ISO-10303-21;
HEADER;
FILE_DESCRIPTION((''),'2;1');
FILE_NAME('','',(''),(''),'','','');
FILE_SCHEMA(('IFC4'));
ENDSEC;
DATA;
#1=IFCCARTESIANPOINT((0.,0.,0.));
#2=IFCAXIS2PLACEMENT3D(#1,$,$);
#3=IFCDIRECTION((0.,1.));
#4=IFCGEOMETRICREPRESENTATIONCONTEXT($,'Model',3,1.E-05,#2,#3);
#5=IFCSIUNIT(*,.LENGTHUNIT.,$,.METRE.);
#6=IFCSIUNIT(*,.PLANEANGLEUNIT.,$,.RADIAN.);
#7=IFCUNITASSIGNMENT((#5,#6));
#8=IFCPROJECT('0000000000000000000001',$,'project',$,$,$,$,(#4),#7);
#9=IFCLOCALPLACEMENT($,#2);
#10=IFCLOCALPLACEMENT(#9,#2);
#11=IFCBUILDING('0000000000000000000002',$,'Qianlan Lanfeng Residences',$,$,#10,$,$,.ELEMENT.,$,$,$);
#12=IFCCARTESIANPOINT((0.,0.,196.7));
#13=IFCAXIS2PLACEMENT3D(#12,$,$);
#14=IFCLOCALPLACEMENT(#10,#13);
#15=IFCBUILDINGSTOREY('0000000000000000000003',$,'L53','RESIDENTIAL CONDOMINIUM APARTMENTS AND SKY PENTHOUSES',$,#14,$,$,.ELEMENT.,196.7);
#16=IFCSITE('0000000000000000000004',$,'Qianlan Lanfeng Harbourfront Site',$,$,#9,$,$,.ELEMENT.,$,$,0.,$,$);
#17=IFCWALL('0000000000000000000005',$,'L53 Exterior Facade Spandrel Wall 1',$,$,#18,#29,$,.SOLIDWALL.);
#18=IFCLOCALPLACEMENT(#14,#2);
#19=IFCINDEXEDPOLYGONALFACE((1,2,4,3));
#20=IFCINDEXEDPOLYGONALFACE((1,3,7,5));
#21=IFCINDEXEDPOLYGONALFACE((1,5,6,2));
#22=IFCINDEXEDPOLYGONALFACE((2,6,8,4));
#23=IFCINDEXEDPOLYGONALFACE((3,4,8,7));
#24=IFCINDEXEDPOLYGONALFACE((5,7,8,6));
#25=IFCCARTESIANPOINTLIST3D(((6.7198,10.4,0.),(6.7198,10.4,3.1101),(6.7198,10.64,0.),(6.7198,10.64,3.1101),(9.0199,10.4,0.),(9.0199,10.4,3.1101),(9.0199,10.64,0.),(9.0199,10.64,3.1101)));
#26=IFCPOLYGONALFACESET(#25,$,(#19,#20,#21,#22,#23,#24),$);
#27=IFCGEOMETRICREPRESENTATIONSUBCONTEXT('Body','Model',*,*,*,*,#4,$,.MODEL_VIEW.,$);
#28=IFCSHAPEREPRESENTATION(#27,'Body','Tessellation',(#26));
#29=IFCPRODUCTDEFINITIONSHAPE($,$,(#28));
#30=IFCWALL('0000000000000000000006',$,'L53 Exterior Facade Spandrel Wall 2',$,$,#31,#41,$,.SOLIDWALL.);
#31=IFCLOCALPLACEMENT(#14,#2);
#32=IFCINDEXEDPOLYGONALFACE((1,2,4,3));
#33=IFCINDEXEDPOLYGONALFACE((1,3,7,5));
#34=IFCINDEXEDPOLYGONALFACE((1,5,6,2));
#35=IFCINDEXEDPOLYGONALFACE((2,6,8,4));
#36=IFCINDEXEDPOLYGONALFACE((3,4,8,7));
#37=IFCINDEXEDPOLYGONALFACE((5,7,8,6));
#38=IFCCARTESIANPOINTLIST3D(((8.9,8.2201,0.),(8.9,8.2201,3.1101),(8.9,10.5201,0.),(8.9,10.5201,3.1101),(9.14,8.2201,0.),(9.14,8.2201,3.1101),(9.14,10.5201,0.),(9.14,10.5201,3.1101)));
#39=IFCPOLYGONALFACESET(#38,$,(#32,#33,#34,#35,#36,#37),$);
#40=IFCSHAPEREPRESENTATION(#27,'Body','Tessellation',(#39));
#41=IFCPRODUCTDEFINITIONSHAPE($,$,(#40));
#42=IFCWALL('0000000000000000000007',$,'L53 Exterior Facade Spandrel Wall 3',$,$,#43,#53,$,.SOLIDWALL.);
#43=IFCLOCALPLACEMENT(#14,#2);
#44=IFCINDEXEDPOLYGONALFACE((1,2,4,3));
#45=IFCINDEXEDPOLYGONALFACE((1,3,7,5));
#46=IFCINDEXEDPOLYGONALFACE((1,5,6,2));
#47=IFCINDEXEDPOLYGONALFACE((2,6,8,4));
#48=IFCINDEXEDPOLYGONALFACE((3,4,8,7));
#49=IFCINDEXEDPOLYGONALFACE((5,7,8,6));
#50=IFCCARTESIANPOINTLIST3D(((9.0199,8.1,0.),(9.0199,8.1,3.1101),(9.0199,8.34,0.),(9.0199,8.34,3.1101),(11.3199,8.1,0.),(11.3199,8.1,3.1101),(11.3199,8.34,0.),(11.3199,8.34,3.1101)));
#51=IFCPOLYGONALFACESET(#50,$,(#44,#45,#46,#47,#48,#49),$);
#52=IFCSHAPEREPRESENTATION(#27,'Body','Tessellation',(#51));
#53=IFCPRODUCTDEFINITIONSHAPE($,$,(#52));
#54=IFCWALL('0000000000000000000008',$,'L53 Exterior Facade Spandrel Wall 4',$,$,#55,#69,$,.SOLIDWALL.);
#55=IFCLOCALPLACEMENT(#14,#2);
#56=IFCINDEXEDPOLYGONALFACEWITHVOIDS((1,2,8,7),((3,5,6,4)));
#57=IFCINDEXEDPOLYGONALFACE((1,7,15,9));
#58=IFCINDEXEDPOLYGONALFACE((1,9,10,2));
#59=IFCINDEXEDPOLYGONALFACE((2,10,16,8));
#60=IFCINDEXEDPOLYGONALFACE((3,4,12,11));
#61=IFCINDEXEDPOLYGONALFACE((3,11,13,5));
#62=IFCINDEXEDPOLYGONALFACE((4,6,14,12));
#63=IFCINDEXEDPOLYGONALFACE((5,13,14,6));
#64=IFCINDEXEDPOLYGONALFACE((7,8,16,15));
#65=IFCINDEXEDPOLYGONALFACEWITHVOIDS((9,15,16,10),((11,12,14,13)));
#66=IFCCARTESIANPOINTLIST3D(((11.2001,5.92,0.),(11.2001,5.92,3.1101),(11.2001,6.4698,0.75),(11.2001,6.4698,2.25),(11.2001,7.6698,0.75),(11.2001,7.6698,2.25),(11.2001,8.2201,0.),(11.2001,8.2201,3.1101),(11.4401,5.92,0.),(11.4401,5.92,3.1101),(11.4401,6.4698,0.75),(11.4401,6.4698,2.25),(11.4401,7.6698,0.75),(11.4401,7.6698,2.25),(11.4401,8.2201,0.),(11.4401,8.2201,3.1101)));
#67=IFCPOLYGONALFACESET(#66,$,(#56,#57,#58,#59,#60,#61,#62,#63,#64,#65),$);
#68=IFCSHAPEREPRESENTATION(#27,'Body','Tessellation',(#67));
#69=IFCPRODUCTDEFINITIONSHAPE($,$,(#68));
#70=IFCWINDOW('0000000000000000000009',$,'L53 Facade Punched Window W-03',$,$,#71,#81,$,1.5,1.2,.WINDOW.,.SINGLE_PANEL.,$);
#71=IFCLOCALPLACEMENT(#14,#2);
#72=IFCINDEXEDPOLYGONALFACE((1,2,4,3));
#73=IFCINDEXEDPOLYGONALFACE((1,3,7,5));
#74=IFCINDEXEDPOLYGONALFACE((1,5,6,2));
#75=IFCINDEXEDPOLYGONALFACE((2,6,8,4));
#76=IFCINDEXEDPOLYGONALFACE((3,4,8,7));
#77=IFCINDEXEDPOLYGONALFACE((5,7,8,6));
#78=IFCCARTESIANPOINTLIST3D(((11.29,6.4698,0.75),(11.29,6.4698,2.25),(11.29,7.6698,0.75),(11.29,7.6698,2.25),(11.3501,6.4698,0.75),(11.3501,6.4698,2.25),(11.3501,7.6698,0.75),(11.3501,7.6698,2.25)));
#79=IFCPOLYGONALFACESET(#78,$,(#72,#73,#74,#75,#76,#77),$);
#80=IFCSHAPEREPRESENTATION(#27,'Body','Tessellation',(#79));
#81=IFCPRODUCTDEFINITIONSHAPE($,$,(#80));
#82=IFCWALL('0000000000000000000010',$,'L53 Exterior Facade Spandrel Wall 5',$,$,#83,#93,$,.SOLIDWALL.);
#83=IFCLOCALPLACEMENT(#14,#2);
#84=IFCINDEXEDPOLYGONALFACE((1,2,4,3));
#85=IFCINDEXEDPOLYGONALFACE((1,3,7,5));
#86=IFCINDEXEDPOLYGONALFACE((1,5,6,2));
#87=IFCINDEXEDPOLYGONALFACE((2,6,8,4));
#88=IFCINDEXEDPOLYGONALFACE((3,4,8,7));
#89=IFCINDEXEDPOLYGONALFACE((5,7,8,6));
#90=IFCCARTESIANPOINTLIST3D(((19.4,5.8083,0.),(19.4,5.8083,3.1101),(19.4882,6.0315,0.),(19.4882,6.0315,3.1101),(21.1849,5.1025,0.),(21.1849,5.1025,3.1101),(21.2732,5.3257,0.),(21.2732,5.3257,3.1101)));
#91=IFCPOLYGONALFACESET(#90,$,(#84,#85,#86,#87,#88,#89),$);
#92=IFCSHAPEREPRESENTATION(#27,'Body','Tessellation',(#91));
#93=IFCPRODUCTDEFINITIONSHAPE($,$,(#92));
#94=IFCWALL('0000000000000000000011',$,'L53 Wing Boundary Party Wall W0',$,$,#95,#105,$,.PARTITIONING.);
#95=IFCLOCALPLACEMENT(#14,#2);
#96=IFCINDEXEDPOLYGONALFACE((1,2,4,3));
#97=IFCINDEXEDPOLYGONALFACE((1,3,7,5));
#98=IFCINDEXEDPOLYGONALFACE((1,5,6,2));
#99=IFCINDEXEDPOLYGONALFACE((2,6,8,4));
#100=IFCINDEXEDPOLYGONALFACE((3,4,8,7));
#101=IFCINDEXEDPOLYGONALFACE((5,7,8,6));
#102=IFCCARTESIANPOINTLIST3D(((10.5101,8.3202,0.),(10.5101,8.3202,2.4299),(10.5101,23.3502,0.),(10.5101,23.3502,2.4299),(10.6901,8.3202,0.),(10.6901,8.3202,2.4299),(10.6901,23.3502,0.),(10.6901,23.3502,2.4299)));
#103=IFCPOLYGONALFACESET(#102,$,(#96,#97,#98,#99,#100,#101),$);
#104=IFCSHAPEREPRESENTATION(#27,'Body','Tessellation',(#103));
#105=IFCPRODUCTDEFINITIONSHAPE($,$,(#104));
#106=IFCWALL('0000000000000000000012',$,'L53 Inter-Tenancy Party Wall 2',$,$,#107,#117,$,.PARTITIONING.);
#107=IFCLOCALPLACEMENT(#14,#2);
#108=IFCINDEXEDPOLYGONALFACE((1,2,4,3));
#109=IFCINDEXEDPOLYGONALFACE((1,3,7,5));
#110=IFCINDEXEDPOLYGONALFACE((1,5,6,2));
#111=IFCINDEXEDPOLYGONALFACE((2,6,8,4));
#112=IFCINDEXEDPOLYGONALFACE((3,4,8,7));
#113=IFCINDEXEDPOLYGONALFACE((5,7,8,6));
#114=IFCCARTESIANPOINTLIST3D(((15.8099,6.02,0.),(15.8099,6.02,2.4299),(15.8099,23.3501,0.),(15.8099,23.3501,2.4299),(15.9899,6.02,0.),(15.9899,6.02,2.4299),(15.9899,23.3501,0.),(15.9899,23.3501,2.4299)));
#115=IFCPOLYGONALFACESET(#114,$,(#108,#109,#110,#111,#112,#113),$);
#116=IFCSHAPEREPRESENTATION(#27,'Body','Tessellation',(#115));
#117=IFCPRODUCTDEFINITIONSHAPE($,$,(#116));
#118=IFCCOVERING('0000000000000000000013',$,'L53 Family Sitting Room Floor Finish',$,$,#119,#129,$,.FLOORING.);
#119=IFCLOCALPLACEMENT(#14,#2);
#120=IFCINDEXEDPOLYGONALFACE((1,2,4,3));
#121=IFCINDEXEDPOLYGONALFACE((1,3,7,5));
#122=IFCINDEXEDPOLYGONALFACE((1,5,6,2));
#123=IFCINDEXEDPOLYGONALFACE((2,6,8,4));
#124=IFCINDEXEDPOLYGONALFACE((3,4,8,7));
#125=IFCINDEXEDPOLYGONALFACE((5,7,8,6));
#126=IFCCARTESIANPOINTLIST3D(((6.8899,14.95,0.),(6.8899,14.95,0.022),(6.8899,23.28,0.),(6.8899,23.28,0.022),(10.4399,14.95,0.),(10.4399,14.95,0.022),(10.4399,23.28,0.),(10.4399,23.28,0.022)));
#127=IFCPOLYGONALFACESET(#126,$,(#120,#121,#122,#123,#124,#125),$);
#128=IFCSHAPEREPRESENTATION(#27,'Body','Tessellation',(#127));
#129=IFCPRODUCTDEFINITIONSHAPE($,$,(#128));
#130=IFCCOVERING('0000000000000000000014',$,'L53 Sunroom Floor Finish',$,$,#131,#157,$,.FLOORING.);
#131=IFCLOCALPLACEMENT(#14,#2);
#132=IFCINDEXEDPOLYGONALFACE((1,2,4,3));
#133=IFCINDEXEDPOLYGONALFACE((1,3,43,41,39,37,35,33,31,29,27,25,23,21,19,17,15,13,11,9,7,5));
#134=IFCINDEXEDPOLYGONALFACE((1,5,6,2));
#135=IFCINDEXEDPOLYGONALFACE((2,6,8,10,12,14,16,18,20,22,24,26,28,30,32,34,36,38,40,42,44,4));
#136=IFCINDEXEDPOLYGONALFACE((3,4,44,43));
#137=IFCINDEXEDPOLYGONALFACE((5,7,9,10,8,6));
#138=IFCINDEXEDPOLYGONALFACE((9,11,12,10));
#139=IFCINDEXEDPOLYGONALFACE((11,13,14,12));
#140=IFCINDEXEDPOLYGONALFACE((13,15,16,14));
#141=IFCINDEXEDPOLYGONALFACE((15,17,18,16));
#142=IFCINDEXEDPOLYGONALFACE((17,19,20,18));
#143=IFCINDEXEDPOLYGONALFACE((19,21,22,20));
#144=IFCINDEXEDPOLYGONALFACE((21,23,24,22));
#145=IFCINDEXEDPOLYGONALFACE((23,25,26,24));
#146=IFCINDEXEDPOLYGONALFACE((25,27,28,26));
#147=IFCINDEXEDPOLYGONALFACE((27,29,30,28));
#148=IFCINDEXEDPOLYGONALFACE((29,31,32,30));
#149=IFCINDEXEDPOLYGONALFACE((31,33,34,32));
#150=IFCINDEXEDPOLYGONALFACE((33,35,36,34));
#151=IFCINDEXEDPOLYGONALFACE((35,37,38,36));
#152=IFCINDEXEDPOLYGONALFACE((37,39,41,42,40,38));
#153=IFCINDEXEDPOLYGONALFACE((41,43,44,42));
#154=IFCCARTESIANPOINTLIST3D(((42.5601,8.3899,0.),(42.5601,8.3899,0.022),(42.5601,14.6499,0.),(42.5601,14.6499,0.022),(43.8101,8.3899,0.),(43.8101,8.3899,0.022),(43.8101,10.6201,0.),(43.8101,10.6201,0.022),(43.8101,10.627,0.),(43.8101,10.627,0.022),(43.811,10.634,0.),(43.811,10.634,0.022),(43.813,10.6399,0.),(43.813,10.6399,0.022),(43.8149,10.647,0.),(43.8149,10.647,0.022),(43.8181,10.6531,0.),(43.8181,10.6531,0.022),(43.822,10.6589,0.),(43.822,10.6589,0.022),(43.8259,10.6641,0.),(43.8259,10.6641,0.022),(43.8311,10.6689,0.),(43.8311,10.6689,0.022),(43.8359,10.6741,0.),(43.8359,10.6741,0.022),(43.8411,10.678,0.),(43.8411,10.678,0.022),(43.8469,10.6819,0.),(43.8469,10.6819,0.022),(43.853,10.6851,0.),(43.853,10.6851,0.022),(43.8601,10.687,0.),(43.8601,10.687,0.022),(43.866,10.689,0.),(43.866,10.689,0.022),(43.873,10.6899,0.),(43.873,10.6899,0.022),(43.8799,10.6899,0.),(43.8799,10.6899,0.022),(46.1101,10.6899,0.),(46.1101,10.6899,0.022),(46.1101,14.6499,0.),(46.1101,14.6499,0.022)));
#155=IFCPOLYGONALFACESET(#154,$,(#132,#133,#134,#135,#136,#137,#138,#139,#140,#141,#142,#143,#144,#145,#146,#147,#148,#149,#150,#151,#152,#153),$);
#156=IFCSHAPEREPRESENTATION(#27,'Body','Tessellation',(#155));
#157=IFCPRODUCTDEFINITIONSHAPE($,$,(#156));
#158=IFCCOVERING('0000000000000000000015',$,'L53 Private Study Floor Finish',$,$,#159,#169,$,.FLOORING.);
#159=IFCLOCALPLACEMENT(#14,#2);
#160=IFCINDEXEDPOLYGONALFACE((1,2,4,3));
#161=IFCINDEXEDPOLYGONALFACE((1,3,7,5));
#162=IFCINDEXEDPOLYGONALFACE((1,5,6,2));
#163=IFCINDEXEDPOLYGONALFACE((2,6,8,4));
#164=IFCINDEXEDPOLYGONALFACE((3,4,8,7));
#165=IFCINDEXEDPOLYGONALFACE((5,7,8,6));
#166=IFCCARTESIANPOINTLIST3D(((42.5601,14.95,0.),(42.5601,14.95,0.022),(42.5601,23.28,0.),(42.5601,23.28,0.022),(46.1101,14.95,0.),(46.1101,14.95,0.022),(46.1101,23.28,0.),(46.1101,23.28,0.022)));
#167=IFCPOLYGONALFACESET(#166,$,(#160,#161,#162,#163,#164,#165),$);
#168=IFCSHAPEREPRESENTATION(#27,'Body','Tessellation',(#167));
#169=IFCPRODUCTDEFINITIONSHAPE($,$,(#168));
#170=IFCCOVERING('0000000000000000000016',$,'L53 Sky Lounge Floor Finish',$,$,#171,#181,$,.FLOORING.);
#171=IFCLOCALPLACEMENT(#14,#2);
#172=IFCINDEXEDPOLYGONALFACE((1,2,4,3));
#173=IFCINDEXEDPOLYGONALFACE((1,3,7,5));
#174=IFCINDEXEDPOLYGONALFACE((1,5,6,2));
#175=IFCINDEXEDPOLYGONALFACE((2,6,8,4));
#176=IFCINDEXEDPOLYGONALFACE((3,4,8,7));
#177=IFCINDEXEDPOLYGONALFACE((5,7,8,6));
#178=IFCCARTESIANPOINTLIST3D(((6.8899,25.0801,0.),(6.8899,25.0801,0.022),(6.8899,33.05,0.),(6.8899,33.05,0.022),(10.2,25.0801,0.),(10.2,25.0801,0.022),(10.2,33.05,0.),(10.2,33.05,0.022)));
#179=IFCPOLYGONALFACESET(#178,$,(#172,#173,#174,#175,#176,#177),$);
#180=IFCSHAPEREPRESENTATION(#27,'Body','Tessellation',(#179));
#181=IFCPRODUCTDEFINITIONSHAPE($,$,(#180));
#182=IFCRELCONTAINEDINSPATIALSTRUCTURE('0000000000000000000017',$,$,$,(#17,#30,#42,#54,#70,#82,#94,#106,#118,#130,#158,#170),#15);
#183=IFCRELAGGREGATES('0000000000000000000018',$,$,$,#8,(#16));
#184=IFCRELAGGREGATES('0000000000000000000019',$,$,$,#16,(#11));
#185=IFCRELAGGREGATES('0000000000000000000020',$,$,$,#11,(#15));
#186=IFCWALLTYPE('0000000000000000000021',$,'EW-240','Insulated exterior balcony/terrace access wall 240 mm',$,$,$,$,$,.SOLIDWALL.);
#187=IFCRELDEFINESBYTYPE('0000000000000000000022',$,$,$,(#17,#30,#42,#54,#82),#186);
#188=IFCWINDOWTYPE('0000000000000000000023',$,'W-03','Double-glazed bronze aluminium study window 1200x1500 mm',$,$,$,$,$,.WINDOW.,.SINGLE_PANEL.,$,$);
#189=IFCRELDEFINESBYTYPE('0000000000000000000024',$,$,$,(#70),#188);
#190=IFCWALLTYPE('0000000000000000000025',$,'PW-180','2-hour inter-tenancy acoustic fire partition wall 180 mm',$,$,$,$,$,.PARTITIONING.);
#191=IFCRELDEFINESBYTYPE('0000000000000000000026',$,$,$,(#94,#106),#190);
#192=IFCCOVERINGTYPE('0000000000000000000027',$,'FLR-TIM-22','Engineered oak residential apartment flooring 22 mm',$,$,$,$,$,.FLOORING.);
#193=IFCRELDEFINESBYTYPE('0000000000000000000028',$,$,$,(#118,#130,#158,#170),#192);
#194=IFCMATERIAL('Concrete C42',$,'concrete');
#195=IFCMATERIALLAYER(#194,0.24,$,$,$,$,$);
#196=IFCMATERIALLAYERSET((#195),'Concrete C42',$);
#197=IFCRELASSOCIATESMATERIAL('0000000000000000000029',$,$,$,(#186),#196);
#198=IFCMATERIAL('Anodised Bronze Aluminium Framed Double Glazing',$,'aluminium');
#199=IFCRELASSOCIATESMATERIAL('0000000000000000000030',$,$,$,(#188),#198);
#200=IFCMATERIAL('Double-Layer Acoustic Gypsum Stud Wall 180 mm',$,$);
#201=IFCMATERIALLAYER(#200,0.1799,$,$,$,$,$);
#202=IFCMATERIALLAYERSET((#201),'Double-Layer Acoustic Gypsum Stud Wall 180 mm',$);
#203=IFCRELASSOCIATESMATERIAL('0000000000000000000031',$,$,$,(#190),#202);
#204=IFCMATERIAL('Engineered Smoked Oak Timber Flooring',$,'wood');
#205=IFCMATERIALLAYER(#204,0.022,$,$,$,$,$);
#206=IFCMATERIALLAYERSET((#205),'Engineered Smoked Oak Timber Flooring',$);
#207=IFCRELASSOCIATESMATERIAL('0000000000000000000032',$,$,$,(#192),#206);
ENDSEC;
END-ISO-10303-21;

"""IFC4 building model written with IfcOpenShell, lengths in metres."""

from ifc_helpers import new_model, si_unit, direction, frame, frame_2d, origin, place, context, subcontext, project, spatial, polyline, rectangle, outline, extrude, material, layer, layer_set, type_object, element, fill, save


model = new_model("IFC4")

# Units and contexts
model_context = context("Model", 3, precision=1e-05, world=origin(), true_north=direction((0.0, 1.0)))
body_context = subcontext(model_context, "Body", "Model", "MODEL_VIEW")
ifc_project = project(units=[si_unit("LENGTHUNIT", "METRE"), si_unit("PLANEANGLEUNIT", "RADIAN")], contexts=[model_context])

# Site, building, storey
site_placement = place(None, origin())
site = spatial("IfcSite", under=ifc_project, at=site_placement, Name="Qianlan Lanfeng Harbourfront Site", CompositionType="ELEMENT", RefElevation=0.0)
building_placement = place(site_placement, origin())
building = spatial("IfcBuilding", under=site, at=building_placement, Name="Qianlan Lanfeng Residences", CompositionType="ELEMENT")
storey_placement = place(building_placement, frame((0.0, 0.0, 196.7)))
storey = spatial("IfcBuildingStorey", under=building, at=storey_placement, Name="L53", Description="RESIDENTIAL CONDOMINIUM APARTMENTS AND SKY PENTHOUSES", CompositionType="ELEMENT", Elevation=196.7)

# Walls
ifc_material_1 = material(Name="Concrete C42", Category="concrete")
ifc_layer_1 = layer(ifc_material_1, 0.24)
ifc_layer_set_1 = layer_set([ifc_layer_1], Name="Concrete C42")
wall_type_1 = type_object("IfcWallType", Name="EW-240", Description="Insulated exterior balcony/terrace access wall 240 mm", PredefinedType="SOLIDWALL", material=ifc_layer_set_1)
for number, where, z_axis, x_axis, name in (
    (1, (6.72, 10.52, 0.0), (0.0, 0.0, 1.0), (1.0, 0.0, 0.0), "L53 Exterior Facade Spandrel Wall 1"),
    (2, (9.02, 10.52, 0.0), (0.0, 0.0, 1.0), (0.0, -1.0, 0.0), "L53 Exterior Facade Spandrel Wall 2"),
    (3, (9.02, 8.22, 0.0), (0.0, 0.0, 1.0), (1.0, 0.0, 0.0), "L53 Exterior Facade Spandrel Wall 3"),
):
    element("IfcWall", number, at=place(storey_placement, frame(where, z_axis=z_axis, x_axis=x_axis)), inside=storey, type_object=wall_type_1, Name=name, PredefinedType="SOLIDWALL", context=body_context, shape_type="SweptSolid", body=[
        extrude(rectangle(XDim=2.3, YDim=0.24, at=frame_2d((1.1499, 0.0))), origin(), (0.0, 0.0, 1.0), 3.1101),
    ])

# Wall, opening, window
wall_1_placement = place(storey_placement, frame((11.3201, 8.22, 0.0), z_axis=(0.0, 0.0, 1.0), x_axis=(0.0, -1.0, 0.0)))
wall_1 = element("IfcWall", 4, at=wall_1_placement, inside=storey, type_object=wall_type_1, Name="L53 Exterior Facade Spandrel Wall 4", PredefinedType="SOLIDWALL", context=body_context, shape_type="SweptSolid", body=[
    extrude(rectangle(XDim=2.3, YDim=0.24, at=frame_2d((1.1499, 0.0))), origin(), (0.0, 0.0, 1.0), 3.1101),
])
opening_1_placement = place(wall_1_placement, frame((0.55, 0.0, 0.75)))
opening_1 = element("IfcOpeningElement", 5, at=opening_1_placement, cuts=wall_1, PredefinedType="OPENING", context=body_context, shape_type="SweptSolid", body=[
    extrude(rectangle(XDim=1.2, YDim=1.5, at=frame_2d((0.6001, 0.75))), frame((0.0, 0.1299, 0.0), z_axis=(0.0, -1.0, 0.0), x_axis=(1.0, 0.0, 0.0)), (0.0, 0.0, 1.0), 0.26),
])
ifc_material_2 = material(Name="Anodised Bronze Aluminium Framed Double Glazing", Category="aluminium")
window_type = type_object("IfcWindowType", Name="W-03", Description="Double-glazed bronze aluminium study window 1200x1500 mm", PartitioningType="SINGLE_PANEL", PredefinedType="WINDOW", material=ifc_material_2)
window_placement = place(opening_1_placement, origin())
window = element("IfcWindow", 6, at=window_placement, inside=storey, type_object=window_type, Name="L53 Facade Punched Window W-03", OverallHeight=1.5, OverallWidth=1.2, PartitioningType="SINGLE_PANEL", PredefinedType="WINDOW", context=body_context, shape_type="SweptSolid", body=[
    extrude(rectangle(XDim=1.2, YDim=1.5, at=frame_2d((0.6001, 0.75))), frame((0.0, 0.03, 0.0), z_axis=(0.0, -1.0, 0.0), x_axis=(1.0, 0.0, 0.0)), (0.0, 0.0, 1.0), 0.0601),
])
fill(opening_1, window)

# Wall
wall_2_placement = place(storey_placement, frame((19.4441, 5.9199, 0.0), z_axis=(0.0, 0.0, 1.0), x_axis=(0.929934, -0.367725, 0.0)))
element("IfcWall", 7, at=wall_2_placement, inside=storey, type_object=wall_type_1, Name="L53 Exterior Facade Spandrel Wall 5", PredefinedType="SOLIDWALL", context=body_context, shape_type="SweptSolid", body=[
    extrude(rectangle(XDim=1.9194, YDim=0.24, at=frame_2d((0.9597, 0.0))), origin(), (0.0, 0.0, 1.0), 3.1101),
])

# Walls
ifc_material_3 = material(Name="Double-Layer Acoustic Gypsum Stud Wall 180 mm")
ifc_layer_2 = layer(ifc_material_3, 0.1799)
ifc_layer_set_2 = layer_set([ifc_layer_2], Name="Double-Layer Acoustic Gypsum Stud Wall 180 mm")
wall_type_2 = type_object("IfcWallType", Name="PW-180", Description="2-hour inter-tenancy acoustic fire partition wall 180 mm", PredefinedType="PARTITIONING", material=ifc_layer_set_2)
wall_3_placement = place(storey_placement, frame((10.6001, 8.3201, 0.0), z_axis=(0.0, 0.0, 1.0), x_axis=(0.0, 1.0, 0.0)))
element("IfcWall", 8, at=wall_3_placement, inside=storey, type_object=wall_type_2, Name="L53 Wing Boundary Party Wall W0", PredefinedType="PARTITIONING", context=body_context, shape_type="SweptSolid", body=[
    extrude(rectangle(XDim=15.03, YDim=0.1799, at=frame_2d((7.5151, 0.0))), origin(), (0.0, 0.0, 1.0), 2.4299),
])
wall_4_placement = place(storey_placement, frame((15.8999, 6.02, 0.0), z_axis=(0.0, 0.0, 1.0), x_axis=(0.0, 1.0, 0.0)))
element("IfcWall", 9, at=wall_4_placement, inside=storey, type_object=wall_type_2, Name="L53 Inter-Tenancy Party Wall 2", PredefinedType="PARTITIONING", context=body_context, shape_type="SweptSolid", body=[
    extrude(rectangle(XDim=17.3301, YDim=0.1799, at=frame_2d((8.665, 0.0))), origin(), (0.0, 0.0, 1.0), 2.4299),
])

# Coverings
ifc_material_4 = material(Name="Engineered Smoked Oak Timber Flooring", Category="wood")
ifc_layer_3 = layer(ifc_material_4, 0.022)
ifc_layer_set_3 = layer_set([ifc_layer_3], Name="Engineered Smoked Oak Timber Flooring")
covering_type = type_object("IfcCoveringType", Name="FLR-TIM-22", Description="Engineered oak residential apartment flooring 22 mm", PredefinedType="FLOORING", material=ifc_layer_set_3)
covering_1_placement = place(storey_placement, origin())
element("IfcCovering", 10, at=covering_1_placement, inside=storey, type_object=covering_type, Name="L53 Family Sitting Room Floor Finish", PredefinedType="FLOORING", context=body_context, shape_type="SweptSolid", body=[
    extrude(outline(polyline([(10.4399, 23.28), (6.8899, 23.28), (6.8899, 14.95), (10.4399, 14.95), (10.4399, 23.28)])), origin(), (0.0, 0.0, 1.0), 0.022),
])
covering_2_placement = place(storey_placement, origin())
element("IfcCovering", 11, at=covering_2_placement, inside=storey, type_object=covering_type, Name="L53 Sunroom Floor Finish", PredefinedType="FLOORING", context=body_context, shape_type="SweptSolid", body=[
    extrude(outline(polyline([(46.1101, 14.6499), (42.5601, 14.6499), (42.5601, 8.3899), (43.8101, 8.3899), (43.8101, 10.6201), (43.8101, 10.627), (43.811, 10.634), (43.813, 10.6399), (43.8149, 10.647), (43.8181, 10.6531), (43.822, 10.6589), (43.8259, 10.6641), (43.8311, 10.6689), (43.8359, 10.6741), (43.8411, 10.678), (43.8469, 10.6819), (43.853, 10.6851), (43.8601, 10.687), (43.866, 10.689), (43.873, 10.6899), (43.8799, 10.6899), (46.1101, 10.6899), (46.1101, 14.6499)])), origin(), (0.0, 0.0, 1.0), 0.022),
])
covering_3_placement = place(storey_placement, origin())
element("IfcCovering", 12, at=covering_3_placement, inside=storey, type_object=covering_type, Name="L53 Private Study Floor Finish", PredefinedType="FLOORING", context=body_context, shape_type="SweptSolid", body=[
    extrude(outline(polyline([(46.1101, 23.28), (42.5601, 23.28), (42.5601, 14.95), (46.1101, 14.95), (46.1101, 23.28)])), origin(), (0.0, 0.0, 1.0), 0.022),
])
covering_4_placement = place(storey_placement, origin())
element("IfcCovering", 13, at=covering_4_placement, inside=storey, type_object=covering_type, Name="L53 Sky Lounge Floor Finish", PredefinedType="FLOORING", context=body_context, shape_type="SweptSolid", body=[
    extrude(outline(polyline([(10.2, 33.05), (6.8899, 33.05), (6.8899, 25.0801), (10.2, 25.0801), (10.2, 33.05)])), origin(), (0.0, 0.0, 1.0), 0.022),
])

save(model, "model.ifc")
